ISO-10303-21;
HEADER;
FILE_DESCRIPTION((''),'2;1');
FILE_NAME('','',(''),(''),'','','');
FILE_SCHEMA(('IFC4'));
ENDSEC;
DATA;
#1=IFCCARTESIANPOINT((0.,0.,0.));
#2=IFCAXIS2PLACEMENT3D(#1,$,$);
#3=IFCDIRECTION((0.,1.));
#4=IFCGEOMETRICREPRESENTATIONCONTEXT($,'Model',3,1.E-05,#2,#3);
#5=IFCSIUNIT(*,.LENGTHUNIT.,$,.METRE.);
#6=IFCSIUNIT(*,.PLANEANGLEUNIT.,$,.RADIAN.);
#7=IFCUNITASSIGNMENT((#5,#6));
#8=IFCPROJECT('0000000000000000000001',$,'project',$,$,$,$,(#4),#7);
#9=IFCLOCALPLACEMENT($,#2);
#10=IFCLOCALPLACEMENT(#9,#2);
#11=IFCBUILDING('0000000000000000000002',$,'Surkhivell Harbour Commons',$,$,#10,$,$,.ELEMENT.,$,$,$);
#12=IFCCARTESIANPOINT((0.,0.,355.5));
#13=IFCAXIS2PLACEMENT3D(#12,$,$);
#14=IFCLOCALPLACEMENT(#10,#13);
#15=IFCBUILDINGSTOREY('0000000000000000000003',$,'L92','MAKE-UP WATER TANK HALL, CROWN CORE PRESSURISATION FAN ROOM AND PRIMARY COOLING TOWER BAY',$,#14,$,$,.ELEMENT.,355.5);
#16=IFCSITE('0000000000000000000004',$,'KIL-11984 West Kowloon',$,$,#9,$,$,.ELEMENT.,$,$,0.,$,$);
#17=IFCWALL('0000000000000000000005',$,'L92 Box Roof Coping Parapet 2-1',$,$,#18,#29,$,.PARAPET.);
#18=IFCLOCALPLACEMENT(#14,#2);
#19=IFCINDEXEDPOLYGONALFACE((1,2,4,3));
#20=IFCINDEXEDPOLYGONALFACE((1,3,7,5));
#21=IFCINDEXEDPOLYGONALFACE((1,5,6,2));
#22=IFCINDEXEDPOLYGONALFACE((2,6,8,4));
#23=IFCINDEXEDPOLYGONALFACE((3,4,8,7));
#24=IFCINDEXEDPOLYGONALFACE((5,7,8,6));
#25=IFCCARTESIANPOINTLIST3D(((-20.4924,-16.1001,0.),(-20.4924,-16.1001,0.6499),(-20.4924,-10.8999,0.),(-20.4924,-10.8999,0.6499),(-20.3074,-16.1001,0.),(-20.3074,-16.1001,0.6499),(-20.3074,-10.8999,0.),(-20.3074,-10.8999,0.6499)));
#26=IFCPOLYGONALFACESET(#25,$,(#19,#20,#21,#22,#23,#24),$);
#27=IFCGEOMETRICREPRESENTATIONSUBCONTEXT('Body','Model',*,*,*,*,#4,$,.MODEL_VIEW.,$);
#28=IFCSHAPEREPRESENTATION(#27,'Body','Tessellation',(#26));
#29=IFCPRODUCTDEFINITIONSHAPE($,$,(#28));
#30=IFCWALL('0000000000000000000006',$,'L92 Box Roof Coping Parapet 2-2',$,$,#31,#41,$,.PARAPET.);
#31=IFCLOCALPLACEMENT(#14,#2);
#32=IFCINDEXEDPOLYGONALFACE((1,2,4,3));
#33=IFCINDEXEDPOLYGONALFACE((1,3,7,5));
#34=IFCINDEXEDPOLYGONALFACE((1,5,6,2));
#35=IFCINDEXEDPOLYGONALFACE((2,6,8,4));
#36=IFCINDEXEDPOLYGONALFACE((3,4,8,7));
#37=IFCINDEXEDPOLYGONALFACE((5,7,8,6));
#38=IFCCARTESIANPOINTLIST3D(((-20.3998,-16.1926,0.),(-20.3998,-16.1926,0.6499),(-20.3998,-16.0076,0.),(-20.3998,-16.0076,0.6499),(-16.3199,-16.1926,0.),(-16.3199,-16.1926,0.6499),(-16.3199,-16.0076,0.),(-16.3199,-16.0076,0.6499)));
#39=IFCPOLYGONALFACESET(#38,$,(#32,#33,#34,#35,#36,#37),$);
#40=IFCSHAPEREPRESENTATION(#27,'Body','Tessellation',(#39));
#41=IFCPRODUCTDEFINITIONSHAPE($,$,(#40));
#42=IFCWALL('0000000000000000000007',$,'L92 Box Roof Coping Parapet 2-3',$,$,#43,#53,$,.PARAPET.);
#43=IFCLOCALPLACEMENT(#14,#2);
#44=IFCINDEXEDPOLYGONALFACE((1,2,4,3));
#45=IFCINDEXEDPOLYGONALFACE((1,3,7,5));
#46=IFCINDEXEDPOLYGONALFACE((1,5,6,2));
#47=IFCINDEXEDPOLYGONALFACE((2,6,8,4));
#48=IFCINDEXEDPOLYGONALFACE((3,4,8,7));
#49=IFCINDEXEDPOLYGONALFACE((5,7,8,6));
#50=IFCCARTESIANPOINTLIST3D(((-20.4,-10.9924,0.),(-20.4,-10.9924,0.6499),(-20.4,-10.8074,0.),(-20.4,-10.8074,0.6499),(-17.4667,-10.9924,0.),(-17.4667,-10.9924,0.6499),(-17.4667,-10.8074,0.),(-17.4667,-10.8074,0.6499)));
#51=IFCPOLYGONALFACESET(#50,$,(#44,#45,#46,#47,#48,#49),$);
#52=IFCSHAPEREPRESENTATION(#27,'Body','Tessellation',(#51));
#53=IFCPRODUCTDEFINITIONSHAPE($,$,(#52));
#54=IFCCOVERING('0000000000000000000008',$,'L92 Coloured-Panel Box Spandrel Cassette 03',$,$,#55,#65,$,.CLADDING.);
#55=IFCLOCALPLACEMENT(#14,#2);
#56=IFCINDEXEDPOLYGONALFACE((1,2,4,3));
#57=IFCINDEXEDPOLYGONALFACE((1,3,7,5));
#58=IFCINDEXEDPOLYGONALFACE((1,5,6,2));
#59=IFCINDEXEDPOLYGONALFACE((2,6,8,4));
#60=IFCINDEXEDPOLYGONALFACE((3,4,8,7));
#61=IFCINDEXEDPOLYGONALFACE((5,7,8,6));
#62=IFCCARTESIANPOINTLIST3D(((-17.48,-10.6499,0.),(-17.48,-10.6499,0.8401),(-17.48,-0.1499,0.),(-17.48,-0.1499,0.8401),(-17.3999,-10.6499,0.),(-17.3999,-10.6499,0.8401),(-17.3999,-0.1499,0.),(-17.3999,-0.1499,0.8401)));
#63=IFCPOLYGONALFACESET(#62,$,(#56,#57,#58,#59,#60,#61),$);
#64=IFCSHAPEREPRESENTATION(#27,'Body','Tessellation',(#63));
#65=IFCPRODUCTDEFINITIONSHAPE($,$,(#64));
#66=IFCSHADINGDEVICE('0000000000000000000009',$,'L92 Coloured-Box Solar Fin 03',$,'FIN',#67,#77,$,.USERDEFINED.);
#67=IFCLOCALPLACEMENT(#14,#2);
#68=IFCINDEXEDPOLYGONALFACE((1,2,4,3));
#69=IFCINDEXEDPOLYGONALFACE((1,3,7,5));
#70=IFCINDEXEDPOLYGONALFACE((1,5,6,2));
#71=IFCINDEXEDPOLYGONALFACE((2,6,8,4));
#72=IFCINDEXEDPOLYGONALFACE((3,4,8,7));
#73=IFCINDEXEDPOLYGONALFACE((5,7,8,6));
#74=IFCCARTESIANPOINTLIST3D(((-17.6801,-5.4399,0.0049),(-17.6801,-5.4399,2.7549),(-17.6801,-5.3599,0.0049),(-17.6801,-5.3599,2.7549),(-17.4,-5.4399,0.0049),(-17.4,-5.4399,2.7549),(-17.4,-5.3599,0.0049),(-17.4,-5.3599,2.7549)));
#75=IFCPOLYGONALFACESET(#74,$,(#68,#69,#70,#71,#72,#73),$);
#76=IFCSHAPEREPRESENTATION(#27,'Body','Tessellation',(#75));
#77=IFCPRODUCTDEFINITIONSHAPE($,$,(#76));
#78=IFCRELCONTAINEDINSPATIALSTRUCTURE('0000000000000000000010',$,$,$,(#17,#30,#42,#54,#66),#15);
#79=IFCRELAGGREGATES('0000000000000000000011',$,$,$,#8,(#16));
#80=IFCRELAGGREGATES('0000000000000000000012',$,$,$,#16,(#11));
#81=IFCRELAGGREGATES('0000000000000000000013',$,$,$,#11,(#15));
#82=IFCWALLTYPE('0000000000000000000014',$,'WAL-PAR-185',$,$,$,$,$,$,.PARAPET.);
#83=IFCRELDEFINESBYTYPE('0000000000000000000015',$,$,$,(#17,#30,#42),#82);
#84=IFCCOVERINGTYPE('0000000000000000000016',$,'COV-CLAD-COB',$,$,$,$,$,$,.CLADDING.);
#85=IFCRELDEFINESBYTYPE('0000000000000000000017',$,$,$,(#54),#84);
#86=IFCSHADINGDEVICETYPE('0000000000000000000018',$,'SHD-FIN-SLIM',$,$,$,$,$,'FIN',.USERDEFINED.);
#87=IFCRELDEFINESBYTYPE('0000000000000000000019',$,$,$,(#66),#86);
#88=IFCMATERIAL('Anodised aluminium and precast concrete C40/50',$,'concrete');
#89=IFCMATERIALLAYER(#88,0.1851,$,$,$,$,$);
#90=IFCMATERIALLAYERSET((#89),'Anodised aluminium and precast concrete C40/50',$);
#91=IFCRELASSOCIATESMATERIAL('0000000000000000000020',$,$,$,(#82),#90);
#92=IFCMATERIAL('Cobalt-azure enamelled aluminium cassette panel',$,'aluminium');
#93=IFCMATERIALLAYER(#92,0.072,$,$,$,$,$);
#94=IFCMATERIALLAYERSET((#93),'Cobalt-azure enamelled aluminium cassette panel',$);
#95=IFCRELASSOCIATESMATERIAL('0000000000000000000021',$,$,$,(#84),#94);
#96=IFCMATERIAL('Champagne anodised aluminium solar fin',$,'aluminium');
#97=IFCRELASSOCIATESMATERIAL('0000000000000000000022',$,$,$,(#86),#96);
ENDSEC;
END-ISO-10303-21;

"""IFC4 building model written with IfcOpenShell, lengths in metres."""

from ifc_helpers import new_model, si_unit, direction, frame, frame_2d, origin, origin_2d, place, context, subcontext, project, spatial, rectangle, extrude, material, layer, layer_set, type_object, element, save


model = new_model("IFC4")

# Units and contexts
model_context = context("Model", 3, precision=1e-05, world=origin(), true_north=direction((0.0, 1.0)))
body_context = subcontext(model_context, "Body", "Model", "MODEL_VIEW")
ifc_project = project(units=[si_unit("LENGTHUNIT", "METRE"), si_unit("PLANEANGLEUNIT", "RADIAN")], contexts=[model_context])

# Site, building, storey
site_placement = place(None, origin())
site = spatial("IfcSite", under=ifc_project, at=site_placement, Name="KIL-11984 West Kowloon", CompositionType="ELEMENT", RefElevation=0.0)
building_placement = place(site_placement, origin())
building = spatial("IfcBuilding", under=site, at=building_placement, Name="Surkhivell Harbour Commons", CompositionType="ELEMENT")
storey_placement = place(building_placement, frame((0.0, 0.0, 355.5)))
storey = spatial("IfcBuildingStorey", under=building, at=storey_placement, Name="L92", Description="MAKE-UP WATER TANK HALL, CROWN CORE PRESSURISATION FAN ROOM AND PRIMARY COOLING TOWER BAY", CompositionType="ELEMENT", Elevation=355.5)

# Walls
ifc_material_1 = material(Name="Anodised aluminium and precast concrete C40/50", Category="concrete")
ifc_layer_1 = layer(ifc_material_1, 0.1851)
ifc_layer_set_1 = layer_set([ifc_layer_1], Name="Anodised aluminium and precast concrete C40/50")
wall_type_1 = type_object("IfcWallType", Name="WAL-PAR-185", PredefinedType="PARAPET", material=ifc_layer_set_1)
wall_1_placement = place(storey_placement, frame((-20.3999, -10.8999, 0.0), z_axis=(0.0, 0.0, 1.0), x_axis=(0.0, -1.0, 0.0)))
element("IfcWall", 1, at=wall_1_placement, inside=storey, type_object=wall_type_1, Name="L92 Box Roof Coping Parapet 2-1", PredefinedType="PARAPET", context=body_context, shape_type="SweptSolid", body=[
    extrude(rectangle(XDim=5.2002, YDim=0.1851, at=frame_2d((2.6001, 0.0))), origin(), (0.0, 0.0, 1.0), 0.6499),
])
wall_2_placement = place(storey_placement, frame((-20.3999, -16.1001, 0.0), z_axis=(0.0, 0.0, 1.0), x_axis=(1.0, 0.0, 0.0)))
element("IfcWall", 2, at=wall_2_placement, inside=storey, type_object=wall_type_1, Name="L92 Box Roof Coping Parapet 2-2", PredefinedType="PARAPET", context=body_context, shape_type="SweptSolid", body=[
    extrude(rectangle(XDim=4.0798, YDim=0.1851, at=frame_2d((2.04, 0.0))), origin(), (0.0, 0.0, 1.0), 0.6499),
])
wall_3_placement = place(storey_placement, frame((-17.4666, -10.8999, 0.0), z_axis=(0.0, 0.0, 1.0), x_axis=(-1.0, 0.0, 0.0)))
element("IfcWall", 3, at=wall_3_placement, inside=storey, type_object=wall_type_1, Name="L92 Box Roof Coping Parapet 2-3", PredefinedType="PARAPET", context=body_context, shape_type="SweptSolid", body=[
    extrude(rectangle(XDim=2.9333, YDim=0.1851, at=frame_2d((1.4668, 0.0))), origin(), (0.0, 0.0, 1.0), 0.6499),
])

# Covering
ifc_material_2 = material(Name="Cobalt-azure enamelled aluminium cassette panel", Category="aluminium")
ifc_layer_2 = layer(ifc_material_2, 0.072)
ifc_layer_set_2 = layer_set([ifc_layer_2], Name="Cobalt-azure enamelled aluminium cassette panel")
covering_type = type_object("IfcCoveringType", Name="COV-CLAD-COB", PredefinedType="CLADDING", material=ifc_layer_set_2)
covering_placement = place(storey_placement, frame((-17.4399, -5.3999, 0.0), z_axis=(0.0, 0.0, 1.0), x_axis=(1.0, 0.0, 0.0)))
element("IfcCovering", 4, at=covering_placement, inside=storey, type_object=covering_type, Name="L92 Coloured-Panel Box Spandrel Cassette 03", PredefinedType="CLADDING", context=body_context, shape_type="SweptSolid", body=[
    extrude(rectangle(XDim=0.0801, YDim=10.5, at=origin_2d()), origin(), (0.0, 0.0, 1.0), 0.8401),
])

# Shading device
ifc_material_3 = material(Name="Champagne anodised aluminium solar fin", Category="aluminium")
shading_device_type = type_object("IfcShadingDeviceType", Name="SHD-FIN-SLIM", ElementType="FIN", PredefinedType="USERDEFINED", material=ifc_material_3)
shading_device_placement = place(storey_placement, frame((-17.54, -5.3999, 0.0049), z_axis=(0.0, 0.0, 1.0), x_axis=(1.0, 0.0, 0.0)))
element("IfcShadingDevice", 5, at=shading_device_placement, inside=storey, type_object=shading_device_type, Name="L92 Coloured-Box Solar Fin 03", ObjectType="FIN", PredefinedType="USERDEFINED", context=body_context, shape_type="SweptSolid", body=[
    extrude(rectangle(XDim=0.28, YDim=0.0801, at=origin_2d()), origin(), (0.0, 0.0, 1.0), 2.75),
])

save(model, "model.ifc")
